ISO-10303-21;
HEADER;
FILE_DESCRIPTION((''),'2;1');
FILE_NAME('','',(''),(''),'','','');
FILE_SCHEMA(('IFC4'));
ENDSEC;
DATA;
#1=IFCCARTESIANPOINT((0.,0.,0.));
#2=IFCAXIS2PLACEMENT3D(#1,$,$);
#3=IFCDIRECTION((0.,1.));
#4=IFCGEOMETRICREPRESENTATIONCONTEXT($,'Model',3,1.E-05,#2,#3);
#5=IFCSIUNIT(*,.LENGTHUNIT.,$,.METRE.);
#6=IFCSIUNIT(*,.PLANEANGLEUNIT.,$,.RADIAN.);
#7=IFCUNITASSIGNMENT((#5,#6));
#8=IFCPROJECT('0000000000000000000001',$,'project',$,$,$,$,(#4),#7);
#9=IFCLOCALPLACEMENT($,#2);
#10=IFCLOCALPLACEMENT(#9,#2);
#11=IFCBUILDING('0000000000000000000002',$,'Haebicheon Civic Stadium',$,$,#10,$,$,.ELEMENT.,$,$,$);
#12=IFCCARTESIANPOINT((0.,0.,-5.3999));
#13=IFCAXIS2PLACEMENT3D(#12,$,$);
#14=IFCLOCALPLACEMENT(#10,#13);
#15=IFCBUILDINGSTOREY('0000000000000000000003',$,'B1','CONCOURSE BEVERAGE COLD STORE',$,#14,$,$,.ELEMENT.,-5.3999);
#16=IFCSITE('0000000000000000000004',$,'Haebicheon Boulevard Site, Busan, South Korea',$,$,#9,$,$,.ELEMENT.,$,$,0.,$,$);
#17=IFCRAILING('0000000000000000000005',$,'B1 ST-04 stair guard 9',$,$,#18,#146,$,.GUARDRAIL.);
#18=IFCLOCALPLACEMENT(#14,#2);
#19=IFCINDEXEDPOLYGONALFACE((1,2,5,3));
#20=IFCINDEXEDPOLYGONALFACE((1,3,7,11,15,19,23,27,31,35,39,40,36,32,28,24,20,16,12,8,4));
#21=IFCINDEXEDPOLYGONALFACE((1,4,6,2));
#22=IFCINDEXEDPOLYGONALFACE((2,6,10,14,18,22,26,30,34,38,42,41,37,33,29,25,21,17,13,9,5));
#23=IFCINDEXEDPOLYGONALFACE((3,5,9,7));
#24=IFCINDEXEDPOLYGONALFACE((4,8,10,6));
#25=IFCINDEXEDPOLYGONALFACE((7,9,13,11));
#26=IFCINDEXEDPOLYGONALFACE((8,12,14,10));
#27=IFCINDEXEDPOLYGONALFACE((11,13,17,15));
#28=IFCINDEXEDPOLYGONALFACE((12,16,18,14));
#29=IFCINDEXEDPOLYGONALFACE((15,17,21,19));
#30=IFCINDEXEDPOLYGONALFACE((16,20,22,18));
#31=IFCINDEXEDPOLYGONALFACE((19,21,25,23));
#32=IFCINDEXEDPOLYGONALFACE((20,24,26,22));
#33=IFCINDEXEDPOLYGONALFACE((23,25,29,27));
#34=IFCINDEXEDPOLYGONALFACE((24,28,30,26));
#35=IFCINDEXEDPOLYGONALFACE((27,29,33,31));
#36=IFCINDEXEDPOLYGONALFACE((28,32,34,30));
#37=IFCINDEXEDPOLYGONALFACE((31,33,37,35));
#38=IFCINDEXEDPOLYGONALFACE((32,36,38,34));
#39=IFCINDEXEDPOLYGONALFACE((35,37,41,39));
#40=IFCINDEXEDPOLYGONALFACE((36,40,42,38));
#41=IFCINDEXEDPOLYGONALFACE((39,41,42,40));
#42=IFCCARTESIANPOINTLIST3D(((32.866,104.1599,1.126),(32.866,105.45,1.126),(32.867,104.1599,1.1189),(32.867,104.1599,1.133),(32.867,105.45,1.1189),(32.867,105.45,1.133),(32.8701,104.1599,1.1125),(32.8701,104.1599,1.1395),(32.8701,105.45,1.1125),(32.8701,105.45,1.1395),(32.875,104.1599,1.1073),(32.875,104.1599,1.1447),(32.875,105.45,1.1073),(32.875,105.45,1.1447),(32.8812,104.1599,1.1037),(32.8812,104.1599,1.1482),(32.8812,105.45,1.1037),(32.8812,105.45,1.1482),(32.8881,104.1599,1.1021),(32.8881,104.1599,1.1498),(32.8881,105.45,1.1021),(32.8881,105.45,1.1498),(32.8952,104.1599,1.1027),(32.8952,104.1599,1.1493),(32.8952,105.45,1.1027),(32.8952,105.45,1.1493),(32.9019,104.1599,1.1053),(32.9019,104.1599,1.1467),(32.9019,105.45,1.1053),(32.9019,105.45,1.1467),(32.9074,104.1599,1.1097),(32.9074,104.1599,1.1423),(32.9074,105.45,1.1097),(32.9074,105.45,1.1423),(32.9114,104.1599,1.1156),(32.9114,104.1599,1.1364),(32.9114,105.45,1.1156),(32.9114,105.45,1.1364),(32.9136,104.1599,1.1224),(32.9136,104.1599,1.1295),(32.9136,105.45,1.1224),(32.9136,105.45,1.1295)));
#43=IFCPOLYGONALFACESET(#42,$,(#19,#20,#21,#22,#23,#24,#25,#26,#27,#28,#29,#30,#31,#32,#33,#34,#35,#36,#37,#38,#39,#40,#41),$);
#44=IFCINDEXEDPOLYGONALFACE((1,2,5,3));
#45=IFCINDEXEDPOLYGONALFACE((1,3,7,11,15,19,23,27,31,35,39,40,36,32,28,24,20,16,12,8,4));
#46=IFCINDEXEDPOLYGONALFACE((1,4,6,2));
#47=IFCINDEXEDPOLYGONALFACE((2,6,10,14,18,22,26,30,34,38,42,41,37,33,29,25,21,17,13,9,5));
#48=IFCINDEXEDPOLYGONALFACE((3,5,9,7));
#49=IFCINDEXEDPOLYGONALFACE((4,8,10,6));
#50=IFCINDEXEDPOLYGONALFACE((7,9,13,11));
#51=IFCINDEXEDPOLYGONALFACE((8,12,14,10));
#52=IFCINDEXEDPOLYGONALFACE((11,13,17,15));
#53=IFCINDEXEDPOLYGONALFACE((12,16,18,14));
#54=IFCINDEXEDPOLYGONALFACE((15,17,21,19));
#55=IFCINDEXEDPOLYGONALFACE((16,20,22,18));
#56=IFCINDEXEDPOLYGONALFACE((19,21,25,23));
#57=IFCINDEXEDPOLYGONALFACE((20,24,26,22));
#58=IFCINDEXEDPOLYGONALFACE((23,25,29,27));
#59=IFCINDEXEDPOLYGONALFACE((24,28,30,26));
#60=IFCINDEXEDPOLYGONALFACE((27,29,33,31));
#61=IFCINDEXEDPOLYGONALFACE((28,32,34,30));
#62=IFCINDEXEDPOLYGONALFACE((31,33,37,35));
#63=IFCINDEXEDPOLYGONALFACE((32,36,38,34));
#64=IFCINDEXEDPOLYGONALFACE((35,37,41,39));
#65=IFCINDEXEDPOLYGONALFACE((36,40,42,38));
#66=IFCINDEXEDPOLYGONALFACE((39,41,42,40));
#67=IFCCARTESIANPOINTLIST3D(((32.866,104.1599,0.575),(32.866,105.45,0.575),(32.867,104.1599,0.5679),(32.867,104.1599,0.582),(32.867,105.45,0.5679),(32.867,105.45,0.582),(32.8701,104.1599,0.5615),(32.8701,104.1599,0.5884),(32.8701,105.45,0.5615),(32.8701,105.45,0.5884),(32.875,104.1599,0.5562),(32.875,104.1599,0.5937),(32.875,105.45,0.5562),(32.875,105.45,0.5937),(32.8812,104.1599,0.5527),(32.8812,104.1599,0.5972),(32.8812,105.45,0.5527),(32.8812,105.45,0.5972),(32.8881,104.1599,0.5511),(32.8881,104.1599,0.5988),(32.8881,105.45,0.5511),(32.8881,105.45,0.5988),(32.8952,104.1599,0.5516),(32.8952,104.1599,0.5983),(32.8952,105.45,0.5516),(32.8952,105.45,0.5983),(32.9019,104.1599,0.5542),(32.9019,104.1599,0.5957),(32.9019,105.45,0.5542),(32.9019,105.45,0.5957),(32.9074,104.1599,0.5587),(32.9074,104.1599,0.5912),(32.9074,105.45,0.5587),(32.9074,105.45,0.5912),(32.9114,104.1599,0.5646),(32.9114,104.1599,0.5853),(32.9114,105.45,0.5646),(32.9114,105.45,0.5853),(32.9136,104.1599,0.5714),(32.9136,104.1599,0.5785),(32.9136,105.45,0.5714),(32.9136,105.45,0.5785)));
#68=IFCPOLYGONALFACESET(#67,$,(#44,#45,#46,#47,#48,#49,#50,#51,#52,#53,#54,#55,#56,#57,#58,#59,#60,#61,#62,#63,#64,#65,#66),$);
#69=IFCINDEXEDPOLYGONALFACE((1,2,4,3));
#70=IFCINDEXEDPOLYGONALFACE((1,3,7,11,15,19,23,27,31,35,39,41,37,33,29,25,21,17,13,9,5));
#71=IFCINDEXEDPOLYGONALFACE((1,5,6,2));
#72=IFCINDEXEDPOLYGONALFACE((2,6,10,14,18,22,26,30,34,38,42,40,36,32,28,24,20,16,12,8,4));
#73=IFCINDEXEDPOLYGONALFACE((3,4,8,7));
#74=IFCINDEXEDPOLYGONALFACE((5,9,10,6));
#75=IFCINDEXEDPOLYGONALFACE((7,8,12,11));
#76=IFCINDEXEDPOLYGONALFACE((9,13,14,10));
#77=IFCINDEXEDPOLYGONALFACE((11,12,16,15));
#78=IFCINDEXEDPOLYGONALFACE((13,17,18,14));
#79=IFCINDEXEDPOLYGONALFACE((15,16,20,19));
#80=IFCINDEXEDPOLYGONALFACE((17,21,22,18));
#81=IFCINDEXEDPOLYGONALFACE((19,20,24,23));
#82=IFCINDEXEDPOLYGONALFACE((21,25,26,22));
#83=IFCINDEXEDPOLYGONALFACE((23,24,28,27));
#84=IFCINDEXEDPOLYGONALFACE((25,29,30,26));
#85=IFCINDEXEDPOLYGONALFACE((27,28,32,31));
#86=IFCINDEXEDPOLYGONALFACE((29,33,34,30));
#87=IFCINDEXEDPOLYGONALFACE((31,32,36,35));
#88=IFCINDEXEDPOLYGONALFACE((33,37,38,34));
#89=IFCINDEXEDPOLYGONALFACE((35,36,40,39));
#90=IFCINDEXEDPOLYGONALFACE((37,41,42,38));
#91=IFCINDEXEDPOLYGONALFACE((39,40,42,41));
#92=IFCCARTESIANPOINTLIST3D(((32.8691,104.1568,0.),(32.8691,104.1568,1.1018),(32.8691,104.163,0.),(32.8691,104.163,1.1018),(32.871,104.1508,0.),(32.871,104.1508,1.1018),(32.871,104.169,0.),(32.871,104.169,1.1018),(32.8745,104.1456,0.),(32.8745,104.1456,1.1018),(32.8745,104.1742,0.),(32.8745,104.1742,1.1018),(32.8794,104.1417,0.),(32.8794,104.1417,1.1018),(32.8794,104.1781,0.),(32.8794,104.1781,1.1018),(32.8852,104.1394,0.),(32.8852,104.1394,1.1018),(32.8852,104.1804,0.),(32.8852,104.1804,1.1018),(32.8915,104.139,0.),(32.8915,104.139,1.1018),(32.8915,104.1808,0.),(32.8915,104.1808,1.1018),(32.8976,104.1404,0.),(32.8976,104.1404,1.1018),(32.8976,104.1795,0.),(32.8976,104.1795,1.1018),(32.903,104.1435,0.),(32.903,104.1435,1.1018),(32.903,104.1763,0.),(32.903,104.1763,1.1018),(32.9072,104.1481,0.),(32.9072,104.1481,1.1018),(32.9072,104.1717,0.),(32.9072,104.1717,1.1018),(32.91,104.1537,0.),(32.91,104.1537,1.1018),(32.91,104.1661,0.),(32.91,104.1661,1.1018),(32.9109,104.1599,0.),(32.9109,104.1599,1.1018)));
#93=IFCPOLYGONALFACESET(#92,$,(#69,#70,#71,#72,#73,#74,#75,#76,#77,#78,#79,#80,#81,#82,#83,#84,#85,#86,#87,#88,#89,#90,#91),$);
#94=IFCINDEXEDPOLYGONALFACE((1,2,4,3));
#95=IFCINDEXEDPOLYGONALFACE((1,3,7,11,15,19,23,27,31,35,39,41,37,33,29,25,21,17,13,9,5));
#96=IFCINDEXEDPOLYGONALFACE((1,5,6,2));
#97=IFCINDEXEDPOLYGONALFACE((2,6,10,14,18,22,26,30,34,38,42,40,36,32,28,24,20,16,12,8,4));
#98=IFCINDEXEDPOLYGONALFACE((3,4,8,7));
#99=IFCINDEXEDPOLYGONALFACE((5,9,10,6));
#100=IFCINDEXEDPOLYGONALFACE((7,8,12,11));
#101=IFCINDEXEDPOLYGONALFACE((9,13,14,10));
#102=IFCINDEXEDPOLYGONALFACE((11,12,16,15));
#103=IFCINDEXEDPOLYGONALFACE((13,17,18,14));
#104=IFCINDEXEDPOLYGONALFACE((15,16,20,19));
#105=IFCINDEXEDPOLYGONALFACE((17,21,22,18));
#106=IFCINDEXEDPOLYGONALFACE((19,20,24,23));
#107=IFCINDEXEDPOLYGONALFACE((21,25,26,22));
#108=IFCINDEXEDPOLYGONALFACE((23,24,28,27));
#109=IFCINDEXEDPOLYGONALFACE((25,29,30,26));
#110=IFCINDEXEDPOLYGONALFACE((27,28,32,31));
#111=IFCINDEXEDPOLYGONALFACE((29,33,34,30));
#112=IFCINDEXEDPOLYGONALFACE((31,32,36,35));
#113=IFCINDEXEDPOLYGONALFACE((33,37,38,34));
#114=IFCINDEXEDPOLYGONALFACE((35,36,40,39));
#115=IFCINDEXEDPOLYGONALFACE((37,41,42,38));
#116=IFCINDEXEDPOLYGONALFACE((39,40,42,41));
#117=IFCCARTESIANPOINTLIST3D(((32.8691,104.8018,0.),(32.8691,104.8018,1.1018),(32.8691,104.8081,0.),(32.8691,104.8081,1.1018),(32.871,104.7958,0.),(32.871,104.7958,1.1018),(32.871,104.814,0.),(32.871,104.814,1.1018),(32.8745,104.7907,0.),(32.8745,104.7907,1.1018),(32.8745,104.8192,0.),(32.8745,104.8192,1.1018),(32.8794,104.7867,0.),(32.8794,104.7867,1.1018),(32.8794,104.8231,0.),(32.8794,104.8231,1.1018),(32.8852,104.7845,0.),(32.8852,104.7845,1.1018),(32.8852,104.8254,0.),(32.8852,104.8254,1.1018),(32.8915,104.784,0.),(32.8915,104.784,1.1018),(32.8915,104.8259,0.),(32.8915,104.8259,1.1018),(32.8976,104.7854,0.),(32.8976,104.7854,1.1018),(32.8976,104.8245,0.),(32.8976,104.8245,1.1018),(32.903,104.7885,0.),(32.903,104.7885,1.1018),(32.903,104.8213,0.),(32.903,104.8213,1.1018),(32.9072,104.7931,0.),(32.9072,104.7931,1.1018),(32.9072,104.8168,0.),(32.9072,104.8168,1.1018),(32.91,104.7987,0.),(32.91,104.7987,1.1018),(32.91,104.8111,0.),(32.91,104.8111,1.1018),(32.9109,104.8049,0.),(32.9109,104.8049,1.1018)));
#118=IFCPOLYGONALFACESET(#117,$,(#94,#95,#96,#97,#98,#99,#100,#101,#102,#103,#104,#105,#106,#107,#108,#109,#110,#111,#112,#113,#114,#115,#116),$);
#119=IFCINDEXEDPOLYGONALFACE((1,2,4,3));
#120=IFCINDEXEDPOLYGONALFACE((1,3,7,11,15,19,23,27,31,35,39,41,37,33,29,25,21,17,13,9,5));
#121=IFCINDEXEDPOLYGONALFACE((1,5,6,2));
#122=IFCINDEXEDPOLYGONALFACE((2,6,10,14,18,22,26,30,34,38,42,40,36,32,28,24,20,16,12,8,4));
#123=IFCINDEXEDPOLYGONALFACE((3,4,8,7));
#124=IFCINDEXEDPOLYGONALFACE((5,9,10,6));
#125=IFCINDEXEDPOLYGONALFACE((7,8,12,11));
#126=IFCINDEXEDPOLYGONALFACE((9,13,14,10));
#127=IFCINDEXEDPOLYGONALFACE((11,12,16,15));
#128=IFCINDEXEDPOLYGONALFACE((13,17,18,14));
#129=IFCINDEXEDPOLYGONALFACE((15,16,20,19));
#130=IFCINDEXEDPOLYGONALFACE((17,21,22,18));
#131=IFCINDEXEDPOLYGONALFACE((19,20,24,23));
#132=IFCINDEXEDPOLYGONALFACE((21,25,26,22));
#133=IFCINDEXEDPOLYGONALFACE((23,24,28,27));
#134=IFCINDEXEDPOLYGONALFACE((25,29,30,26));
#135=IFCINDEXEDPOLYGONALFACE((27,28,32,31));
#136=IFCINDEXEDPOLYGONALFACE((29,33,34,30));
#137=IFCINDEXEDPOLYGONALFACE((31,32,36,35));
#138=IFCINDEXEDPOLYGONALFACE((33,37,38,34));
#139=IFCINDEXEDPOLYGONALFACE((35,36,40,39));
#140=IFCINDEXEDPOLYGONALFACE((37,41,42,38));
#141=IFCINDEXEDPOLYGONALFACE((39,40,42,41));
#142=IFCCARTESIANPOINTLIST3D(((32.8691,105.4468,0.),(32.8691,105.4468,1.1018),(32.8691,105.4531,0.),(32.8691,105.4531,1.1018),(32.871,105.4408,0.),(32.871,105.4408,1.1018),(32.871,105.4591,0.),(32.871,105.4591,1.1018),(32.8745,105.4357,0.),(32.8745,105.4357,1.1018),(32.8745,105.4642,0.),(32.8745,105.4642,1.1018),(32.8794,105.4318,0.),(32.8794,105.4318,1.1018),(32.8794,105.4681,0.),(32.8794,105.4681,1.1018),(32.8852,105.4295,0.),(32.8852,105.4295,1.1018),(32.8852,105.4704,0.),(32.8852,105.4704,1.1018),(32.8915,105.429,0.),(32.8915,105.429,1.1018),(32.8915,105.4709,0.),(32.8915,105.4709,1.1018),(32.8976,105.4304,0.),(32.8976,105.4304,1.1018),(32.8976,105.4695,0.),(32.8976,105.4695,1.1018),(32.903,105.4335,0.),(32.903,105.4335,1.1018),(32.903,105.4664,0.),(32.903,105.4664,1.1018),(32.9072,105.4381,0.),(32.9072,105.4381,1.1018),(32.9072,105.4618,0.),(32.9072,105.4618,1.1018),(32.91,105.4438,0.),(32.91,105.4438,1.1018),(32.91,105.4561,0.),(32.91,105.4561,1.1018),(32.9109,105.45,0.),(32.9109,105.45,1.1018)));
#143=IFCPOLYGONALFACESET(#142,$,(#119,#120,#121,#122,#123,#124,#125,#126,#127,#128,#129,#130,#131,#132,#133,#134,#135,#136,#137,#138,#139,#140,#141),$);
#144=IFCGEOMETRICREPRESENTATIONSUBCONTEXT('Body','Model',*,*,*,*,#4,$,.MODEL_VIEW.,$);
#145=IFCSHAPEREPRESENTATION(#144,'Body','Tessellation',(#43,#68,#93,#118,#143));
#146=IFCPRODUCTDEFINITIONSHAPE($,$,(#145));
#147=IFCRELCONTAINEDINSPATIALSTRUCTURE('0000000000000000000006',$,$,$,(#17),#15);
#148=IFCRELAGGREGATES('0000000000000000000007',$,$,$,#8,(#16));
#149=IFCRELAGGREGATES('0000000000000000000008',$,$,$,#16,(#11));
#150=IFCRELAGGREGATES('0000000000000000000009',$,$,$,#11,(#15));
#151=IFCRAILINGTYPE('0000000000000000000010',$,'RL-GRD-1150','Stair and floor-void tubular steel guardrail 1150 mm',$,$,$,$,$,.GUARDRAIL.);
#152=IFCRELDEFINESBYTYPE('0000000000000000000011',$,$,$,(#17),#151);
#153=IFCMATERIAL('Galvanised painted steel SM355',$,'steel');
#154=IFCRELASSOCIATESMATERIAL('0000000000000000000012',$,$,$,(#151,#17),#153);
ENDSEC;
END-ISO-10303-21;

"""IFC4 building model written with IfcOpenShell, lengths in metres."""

from ifc_helpers import new_model, si_unit, direction, frame, origin, origin_2d, place, context, subcontext, project, spatial, circle, extrude, material, type_object, element, save


model = new_model("IFC4")

# Units and contexts
model_context = context("Model", 3, precision=1e-05, world=origin(), true_north=direction((0.0, 1.0)))
body_context = subcontext(model_context, "Body", "Model", "MODEL_VIEW")
ifc_project = project(units=[si_unit("LENGTHUNIT", "METRE"), si_unit("PLANEANGLEUNIT", "RADIAN")], contexts=[model_context])

# Site, building, storey
site_placement = place(None, origin())
site = spatial("IfcSite", under=ifc_project, at=site_placement, Name="Haebicheon Boulevard Site, Busan, South Korea", CompositionType="ELEMENT", RefElevation=0.0)
building_placement = place(site_placement, origin())
building = spatial("IfcBuilding", under=site, at=building_placement, Name="Haebicheon Civic Stadium", CompositionType="ELEMENT")
storey_placement = place(building_placement, frame((0.0, 0.0, -5.3999)))
storey = spatial("IfcBuildingStorey", under=building, at=storey_placement, Name="B1", Description="CONCOURSE BEVERAGE COLD STORE", CompositionType="ELEMENT", Elevation=-5.3999)

# Railing
ifc_material_1 = material(Name="Galvanised painted steel SM355", Category="steel")
railing_type_1 = type_object("IfcRailingType", Name="RL-GRD-1150", Description="Stair and floor-void tubular steel guardrail 1150 mm", PredefinedType="GUARDRAIL", material=ifc_material_1)
railing_1_placement = place(storey_placement, frame((32.8899, 104.1599, 0.0)))
element("IfcRailing", 1, at=railing_1_placement, inside=storey, type_object=railing_type_1, material=ifc_material_1, Name="B1 ST-04 stair guard 9", PredefinedType="GUARDRAIL", context=body_context, shape_type="SweptSolid", body=[
    extrude(circle(Radius=0.0239, at=origin_2d()), frame((0.0, 0.0, 1.126), z_axis=(0.0, 1.0, 0.0), x_axis=(-1.0, 0.0, 0.0)), (0.0, 0.0, 1.0), 1.29),
    extrude(circle(Radius=0.0239, at=origin_2d()), frame((0.0, 0.0, 0.575), z_axis=(0.0, 1.0, 0.0), x_axis=(-1.0, 0.0, 0.0)), (0.0, 0.0, 1.0), 1.29),
    extrude(circle(Radius=0.021, at=origin_2d()), origin(), (0.0, 0.0, 1.0), 1.1018),
    extrude(circle(Radius=0.021, at=origin_2d()), frame((0.0, 0.645, 0.0)), (0.0, 0.0, 1.0), 1.1018),
    extrude(circle(Radius=0.021, at=origin_2d()), frame((0.0, 1.29, 0.0)), (0.0, 0.0, 1.0), 1.1018),
])

save(model, "model.ifc")
